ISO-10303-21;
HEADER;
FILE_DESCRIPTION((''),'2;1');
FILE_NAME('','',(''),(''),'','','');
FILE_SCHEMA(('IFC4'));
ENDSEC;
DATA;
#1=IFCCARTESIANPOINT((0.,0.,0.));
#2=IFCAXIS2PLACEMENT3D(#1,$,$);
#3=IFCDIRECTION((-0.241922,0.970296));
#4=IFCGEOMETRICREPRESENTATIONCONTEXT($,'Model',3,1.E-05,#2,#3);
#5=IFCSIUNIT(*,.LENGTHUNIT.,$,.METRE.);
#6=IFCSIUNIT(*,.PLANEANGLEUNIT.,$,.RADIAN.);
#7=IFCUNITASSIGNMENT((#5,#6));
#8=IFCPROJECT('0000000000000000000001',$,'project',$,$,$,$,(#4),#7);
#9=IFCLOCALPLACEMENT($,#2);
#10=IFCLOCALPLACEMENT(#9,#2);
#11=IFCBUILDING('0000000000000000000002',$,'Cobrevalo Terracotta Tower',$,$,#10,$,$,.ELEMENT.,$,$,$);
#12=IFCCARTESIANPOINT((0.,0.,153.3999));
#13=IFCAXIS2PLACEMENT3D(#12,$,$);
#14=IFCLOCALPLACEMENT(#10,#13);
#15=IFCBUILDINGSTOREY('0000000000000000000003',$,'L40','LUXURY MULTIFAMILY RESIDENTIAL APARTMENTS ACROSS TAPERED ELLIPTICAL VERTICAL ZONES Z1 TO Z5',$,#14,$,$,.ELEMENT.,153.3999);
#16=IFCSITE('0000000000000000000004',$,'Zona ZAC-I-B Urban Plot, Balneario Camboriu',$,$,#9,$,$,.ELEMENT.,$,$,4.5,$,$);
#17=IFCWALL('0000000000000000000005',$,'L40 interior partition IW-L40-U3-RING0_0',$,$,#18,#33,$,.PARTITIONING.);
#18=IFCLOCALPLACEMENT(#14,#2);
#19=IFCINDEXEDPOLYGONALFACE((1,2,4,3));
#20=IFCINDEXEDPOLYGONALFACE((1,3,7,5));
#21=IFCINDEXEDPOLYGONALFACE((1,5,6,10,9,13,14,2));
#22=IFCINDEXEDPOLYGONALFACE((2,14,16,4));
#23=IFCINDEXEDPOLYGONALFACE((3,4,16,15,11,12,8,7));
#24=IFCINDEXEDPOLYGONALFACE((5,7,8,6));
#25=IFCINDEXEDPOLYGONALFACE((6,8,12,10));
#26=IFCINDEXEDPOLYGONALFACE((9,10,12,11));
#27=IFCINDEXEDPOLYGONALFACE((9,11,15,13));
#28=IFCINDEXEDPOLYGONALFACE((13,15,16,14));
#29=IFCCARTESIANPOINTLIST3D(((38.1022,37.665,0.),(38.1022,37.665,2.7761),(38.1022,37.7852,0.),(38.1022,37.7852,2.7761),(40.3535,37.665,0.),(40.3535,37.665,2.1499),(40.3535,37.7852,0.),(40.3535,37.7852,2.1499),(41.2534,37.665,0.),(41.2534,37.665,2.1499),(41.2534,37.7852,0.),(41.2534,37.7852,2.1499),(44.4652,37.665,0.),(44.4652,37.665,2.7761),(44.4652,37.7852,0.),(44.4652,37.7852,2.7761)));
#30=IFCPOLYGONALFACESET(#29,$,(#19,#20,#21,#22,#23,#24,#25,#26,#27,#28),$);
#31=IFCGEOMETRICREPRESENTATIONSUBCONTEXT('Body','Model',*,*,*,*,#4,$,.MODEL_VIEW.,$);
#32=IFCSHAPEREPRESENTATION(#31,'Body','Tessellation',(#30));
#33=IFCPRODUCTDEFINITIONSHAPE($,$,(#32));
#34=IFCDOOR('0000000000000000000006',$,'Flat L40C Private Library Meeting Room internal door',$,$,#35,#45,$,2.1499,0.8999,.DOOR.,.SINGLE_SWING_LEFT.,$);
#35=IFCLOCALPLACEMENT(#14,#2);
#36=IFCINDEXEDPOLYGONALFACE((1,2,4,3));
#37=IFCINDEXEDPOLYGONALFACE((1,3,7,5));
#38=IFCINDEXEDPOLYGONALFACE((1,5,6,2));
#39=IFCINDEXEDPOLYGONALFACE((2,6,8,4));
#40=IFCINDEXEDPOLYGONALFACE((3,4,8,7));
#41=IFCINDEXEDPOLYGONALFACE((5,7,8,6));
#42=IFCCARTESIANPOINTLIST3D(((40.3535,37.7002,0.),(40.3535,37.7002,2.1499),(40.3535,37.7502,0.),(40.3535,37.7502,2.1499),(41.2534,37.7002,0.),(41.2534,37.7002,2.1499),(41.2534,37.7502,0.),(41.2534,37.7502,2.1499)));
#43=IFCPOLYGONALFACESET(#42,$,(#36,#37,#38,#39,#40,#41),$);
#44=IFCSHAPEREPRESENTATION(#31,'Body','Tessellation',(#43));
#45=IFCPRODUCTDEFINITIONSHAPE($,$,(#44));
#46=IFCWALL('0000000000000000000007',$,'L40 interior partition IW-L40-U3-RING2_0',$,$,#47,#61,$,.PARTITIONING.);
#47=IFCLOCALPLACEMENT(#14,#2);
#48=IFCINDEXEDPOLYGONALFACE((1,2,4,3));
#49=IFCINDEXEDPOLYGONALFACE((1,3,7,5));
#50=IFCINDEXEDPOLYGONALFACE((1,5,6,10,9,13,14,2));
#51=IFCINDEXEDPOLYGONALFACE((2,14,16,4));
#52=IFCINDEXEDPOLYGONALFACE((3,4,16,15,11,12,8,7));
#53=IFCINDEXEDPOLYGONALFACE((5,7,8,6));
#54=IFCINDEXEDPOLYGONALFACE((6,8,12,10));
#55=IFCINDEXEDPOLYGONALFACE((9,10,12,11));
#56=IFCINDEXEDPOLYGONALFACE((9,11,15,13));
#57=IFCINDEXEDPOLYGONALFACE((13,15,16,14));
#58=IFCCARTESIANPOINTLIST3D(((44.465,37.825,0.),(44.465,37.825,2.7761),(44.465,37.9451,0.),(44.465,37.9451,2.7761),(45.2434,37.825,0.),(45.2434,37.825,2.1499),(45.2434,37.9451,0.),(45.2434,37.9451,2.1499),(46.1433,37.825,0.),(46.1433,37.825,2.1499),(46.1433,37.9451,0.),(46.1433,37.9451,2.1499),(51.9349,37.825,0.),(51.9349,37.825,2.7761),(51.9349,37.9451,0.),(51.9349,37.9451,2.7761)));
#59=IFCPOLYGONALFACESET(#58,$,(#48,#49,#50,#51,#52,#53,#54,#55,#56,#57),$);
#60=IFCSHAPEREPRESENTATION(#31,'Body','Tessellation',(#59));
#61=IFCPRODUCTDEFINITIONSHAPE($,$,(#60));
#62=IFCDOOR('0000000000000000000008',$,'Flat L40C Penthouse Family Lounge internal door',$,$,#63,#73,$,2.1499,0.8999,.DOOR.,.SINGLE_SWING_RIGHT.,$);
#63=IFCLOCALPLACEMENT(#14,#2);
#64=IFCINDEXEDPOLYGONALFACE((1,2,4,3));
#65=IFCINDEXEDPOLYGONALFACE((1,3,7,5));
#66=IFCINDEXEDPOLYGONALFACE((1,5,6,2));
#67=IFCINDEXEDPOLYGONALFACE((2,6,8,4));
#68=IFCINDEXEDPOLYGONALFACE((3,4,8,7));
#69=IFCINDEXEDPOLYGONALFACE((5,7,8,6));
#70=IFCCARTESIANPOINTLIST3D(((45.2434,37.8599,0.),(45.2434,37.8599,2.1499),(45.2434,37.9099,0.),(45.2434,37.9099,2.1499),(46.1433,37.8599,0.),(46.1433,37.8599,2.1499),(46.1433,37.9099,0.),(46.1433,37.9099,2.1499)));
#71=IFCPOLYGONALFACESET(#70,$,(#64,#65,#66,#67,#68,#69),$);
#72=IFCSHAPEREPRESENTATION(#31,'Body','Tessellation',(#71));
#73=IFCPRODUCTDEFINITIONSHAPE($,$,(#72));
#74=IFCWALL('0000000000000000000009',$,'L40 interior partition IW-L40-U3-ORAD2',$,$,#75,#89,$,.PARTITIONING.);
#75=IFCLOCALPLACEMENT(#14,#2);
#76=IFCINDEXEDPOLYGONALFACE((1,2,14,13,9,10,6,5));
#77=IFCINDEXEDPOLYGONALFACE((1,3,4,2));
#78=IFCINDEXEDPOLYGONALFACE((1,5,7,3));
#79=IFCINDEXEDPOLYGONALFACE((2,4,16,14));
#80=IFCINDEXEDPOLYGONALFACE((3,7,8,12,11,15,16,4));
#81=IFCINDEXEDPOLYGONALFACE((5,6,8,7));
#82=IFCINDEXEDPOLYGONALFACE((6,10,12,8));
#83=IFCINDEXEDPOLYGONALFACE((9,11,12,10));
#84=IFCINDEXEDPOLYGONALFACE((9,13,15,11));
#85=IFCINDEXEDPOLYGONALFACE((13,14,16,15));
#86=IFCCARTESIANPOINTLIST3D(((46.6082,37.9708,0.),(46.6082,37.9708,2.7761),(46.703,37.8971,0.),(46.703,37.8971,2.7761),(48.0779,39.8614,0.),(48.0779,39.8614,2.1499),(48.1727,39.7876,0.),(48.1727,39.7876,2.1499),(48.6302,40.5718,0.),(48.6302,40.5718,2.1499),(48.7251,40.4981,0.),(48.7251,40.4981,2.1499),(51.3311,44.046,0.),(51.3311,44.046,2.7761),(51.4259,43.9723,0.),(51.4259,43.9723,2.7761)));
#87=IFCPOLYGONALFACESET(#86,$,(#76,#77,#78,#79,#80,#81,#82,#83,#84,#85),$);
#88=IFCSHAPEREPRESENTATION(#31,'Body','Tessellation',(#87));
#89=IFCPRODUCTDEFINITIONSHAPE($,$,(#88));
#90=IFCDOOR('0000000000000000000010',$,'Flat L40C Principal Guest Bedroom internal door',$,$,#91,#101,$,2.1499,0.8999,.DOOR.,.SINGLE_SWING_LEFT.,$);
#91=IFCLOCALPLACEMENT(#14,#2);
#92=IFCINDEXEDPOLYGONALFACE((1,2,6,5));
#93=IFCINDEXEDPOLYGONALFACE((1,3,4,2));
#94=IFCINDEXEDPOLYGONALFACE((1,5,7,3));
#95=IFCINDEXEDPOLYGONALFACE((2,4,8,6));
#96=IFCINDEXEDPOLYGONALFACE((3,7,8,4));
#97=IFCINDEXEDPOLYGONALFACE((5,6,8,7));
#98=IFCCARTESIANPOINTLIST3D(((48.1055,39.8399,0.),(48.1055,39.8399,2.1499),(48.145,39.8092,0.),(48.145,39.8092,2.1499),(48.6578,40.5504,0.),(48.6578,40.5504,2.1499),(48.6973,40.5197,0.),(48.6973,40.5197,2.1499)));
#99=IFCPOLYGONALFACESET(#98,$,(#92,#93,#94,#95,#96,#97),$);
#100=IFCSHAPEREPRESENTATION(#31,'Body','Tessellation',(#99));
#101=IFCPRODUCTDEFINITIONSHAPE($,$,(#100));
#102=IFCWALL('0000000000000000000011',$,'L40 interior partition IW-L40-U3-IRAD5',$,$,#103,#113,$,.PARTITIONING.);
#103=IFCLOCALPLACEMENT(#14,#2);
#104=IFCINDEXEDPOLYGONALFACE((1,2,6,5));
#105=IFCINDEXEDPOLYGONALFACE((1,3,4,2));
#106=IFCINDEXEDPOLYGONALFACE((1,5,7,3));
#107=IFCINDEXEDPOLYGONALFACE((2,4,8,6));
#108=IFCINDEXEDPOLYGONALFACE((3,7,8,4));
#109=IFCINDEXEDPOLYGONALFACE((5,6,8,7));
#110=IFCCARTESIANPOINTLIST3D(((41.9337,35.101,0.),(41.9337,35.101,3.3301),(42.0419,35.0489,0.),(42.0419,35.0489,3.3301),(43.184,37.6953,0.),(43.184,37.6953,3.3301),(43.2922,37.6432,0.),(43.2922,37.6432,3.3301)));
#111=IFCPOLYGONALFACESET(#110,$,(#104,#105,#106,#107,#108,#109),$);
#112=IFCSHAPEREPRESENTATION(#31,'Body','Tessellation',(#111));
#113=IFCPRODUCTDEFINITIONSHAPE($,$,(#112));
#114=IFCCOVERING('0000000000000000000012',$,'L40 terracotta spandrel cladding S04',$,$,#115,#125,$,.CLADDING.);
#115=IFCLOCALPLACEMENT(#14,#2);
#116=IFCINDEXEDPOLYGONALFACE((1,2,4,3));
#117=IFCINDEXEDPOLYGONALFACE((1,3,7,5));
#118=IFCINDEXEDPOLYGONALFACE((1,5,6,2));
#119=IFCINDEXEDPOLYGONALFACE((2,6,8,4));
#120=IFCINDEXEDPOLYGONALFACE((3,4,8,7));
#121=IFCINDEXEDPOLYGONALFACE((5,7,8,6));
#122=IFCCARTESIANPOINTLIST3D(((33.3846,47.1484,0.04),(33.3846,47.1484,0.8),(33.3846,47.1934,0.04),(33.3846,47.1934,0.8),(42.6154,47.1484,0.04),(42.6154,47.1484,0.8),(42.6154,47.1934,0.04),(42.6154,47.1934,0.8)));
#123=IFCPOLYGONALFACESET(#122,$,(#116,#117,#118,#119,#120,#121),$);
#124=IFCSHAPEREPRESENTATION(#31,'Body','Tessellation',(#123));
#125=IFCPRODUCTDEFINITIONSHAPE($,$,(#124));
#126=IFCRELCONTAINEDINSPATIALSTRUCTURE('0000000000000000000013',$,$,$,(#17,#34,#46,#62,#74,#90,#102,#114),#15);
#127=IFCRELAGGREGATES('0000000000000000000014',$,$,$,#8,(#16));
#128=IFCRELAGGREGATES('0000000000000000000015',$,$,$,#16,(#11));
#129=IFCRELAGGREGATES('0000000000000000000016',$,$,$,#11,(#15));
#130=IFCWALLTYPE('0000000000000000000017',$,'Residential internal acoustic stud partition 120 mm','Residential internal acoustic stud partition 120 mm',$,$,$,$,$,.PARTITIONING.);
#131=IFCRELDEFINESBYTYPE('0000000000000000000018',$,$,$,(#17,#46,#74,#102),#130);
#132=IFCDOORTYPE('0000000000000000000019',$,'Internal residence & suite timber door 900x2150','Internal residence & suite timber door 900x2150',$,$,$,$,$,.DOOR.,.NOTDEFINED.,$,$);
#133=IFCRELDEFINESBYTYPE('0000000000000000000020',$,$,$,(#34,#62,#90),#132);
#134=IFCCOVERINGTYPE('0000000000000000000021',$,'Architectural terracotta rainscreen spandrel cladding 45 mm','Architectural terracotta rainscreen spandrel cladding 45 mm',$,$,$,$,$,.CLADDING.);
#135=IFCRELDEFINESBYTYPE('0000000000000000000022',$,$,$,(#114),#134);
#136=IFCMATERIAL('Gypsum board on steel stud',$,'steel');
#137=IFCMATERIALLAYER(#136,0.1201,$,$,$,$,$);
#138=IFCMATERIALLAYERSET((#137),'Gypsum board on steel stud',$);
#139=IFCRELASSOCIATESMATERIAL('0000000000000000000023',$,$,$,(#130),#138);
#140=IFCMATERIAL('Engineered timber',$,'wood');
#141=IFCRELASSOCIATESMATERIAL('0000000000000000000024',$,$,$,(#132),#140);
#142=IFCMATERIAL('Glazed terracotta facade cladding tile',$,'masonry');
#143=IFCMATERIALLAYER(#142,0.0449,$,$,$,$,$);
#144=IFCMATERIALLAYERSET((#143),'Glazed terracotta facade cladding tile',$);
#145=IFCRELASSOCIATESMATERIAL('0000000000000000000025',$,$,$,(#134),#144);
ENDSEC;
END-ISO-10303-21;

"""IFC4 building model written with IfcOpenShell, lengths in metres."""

from ifc_helpers import new_model, si_unit, direction, frame, frame_2d, origin, origin_2d, place, context, subcontext, project, spatial, rectangle, extrude, source, transform, mapped, material, layer, layer_set, type_object, element, fill, save


model = new_model("IFC4")

# Units and contexts
model_context = context("Model", 3, precision=1e-05, world=origin(), true_north=direction((-0.241922, 0.970296)))
body_context = subcontext(model_context, "Body", "Model", "MODEL_VIEW")
ifc_project = project(units=[si_unit("LENGTHUNIT", "METRE"), si_unit("PLANEANGLEUNIT", "RADIAN")], contexts=[model_context])

# Site, building, storey
site_placement = place(None, origin())
site = spatial("IfcSite", under=ifc_project, at=site_placement, Name="Zona ZAC-I-B Urban Plot, Balneario Camboriu", CompositionType="ELEMENT", RefElevation=4.5)
building_placement = place(site_placement, origin())
building = spatial("IfcBuilding", under=site, at=building_placement, Name="Cobrevalo Terracotta Tower", CompositionType="ELEMENT")
storey_placement = place(building_placement, frame((0.0, 0.0, 153.3999)))
storey = spatial("IfcBuildingStorey", under=building, at=storey_placement, Name="L40", Description="LUXURY MULTIFAMILY RESIDENTIAL APARTMENTS ACROSS TAPERED ELLIPTICAL VERTICAL ZONES Z1 TO Z5", CompositionType="ELEMENT", Elevation=153.3999)

# Shared definitions
ifc_material_1 = material(Name="Gypsum board on steel stud", Category="steel")

# Shared definitions
ifc_layer_1 = layer(ifc_material_1, 0.1201)
ifc_layer_set_1 = layer_set([ifc_layer_1], Name="Gypsum board on steel stud")
wall_type_1 = type_object("IfcWallType", Name="Residential internal acoustic stud partition 120 mm", Description="Residential internal acoustic stud partition 120 mm", PredefinedType="PARTITIONING", material=ifc_layer_set_1)

# Walls, openings, doors
wall_1_placement = place(storey_placement, frame((38.1021, 37.7251, 0.0), z_axis=(0.0, 0.0, 1.0), x_axis=(1.0, 0.0, 0.0)))
wall_1 = element("IfcWall", 1, at=wall_1_placement, inside=storey, type_object=wall_type_1, Name="L40 interior partition IW-L40-U3-RING0_0", PredefinedType="PARTITIONING", context=body_context, shape_type="SweptSolid", body=[
    extrude(rectangle(XDim=6.363, YDim=0.1201, at=frame_2d((3.1816, 0.0))), origin(), (0.0, 0.0, 1.0), 2.7761),
])
opening_1_placement = place(wall_1_placement, frame((2.2515, 0.0, 0.0)))
opening_1 = element("IfcOpeningElement", 2, at=opening_1_placement, cuts=wall_1, PredefinedType="OPENING", context=body_context, shape_type="SweptSolid", body=[
    extrude(rectangle(XDim=0.8999, YDim=2.1499, at=frame_2d((0.45, 1.075))), frame((0.0, 0.0701, 0.0), z_axis=(0.0, -1.0, 0.0), x_axis=(1.0, 0.0, 0.0)), (0.0, 0.0, 1.0), 0.1401),
])
ifc_material_2 = material(Name="Engineered timber", Category="wood")
door_type = type_object("IfcDoorType", Name="Internal residence & suite timber door 900x2150", Description="Internal residence & suite timber door 900x2150", OperationType="NOTDEFINED", PredefinedType="DOOR", material=ifc_material_2)
shared_shape_1 = source(origin(), body_context, "Body", "SweptSolid", [
    extrude(rectangle(XDim=0.8999, YDim=2.1499, at=frame_2d((0.45, 1.075))), frame((0.0, 0.0249, 0.0), z_axis=(0.0, -1.0, 0.0), x_axis=(1.0, 0.0, 0.0)), (0.0, 0.0, 1.0), 0.05),
])
door_1_placement = place(opening_1_placement, frame((0.8999, 0.0, 0.0), z_axis=(0.0, 0.0, 1.0), x_axis=(-1.0, 0.0, 0.0)))
door_1 = element("IfcDoor", 3, at=door_1_placement, inside=storey, type_object=door_type, Name="Flat L40C Private Library Meeting Room internal door", OperationType="SINGLE_SWING_LEFT", OverallHeight=2.1499, OverallWidth=0.8999, PredefinedType="DOOR", context=body_context, shape_type="MappedRepresentation", body=[
    mapped(shared_shape_1, transform((0.0, 0.0, 0.0), scale=1.0)),
])
fill(opening_1, door_1)
wall_2_placement = place(storey_placement, frame((44.4651, 37.885, 0.0), z_axis=(0.0, 0.0, 1.0), x_axis=(1.0, 0.0, 0.0)))
wall_2 = element("IfcWall", 4, at=wall_2_placement, inside=storey, type_object=wall_type_1, Name="L40 interior partition IW-L40-U3-RING2_0", PredefinedType="PARTITIONING", context=body_context, shape_type="SweptSolid", body=[
    extrude(rectangle(XDim=7.47, YDim=0.1201, at=frame_2d((3.7349, 0.0))), origin(), (0.0, 0.0, 1.0), 2.7761),
])
opening_2_placement = place(wall_2_placement, frame((0.7783, 0.0, 0.0)))
opening_2 = element("IfcOpeningElement", 5, at=opening_2_placement, cuts=wall_2, PredefinedType="OPENING", context=body_context, shape_type="SweptSolid", body=[
    extrude(rectangle(XDim=0.8999, YDim=2.1499, at=frame_2d((0.45, 1.075))), frame((0.0, 0.0701, 0.0), z_axis=(0.0, -1.0, 0.0), x_axis=(1.0, 0.0, 0.0)), (0.0, 0.0, 1.0), 0.1401),
])
door_2_placement = place(opening_2_placement, origin())
door_2 = element("IfcDoor", 6, at=door_2_placement, inside=storey, type_object=door_type, Name="Flat L40C Penthouse Family Lounge internal door", OperationType="SINGLE_SWING_RIGHT", OverallHeight=2.1499, OverallWidth=0.8999, PredefinedType="DOOR", context=body_context, shape_type="MappedRepresentation", body=[
    mapped(shared_shape_1, transform((0.0, 0.0, 0.0), scale=1.0)),
])
fill(opening_2, door_2)
wall_3_placement = place(storey_placement, frame((46.6555, 37.9338, 0.0), z_axis=(0.0, 0.0, 1.0), x_axis=(0.613758, 0.789494, 0.0)))
wall_3 = element("IfcWall", 7, at=wall_3_placement, inside=storey, type_object=wall_type_1, Name="L40 interior partition IW-L40-U3-ORAD2", PredefinedType="PARTITIONING", context=body_context, shape_type="SweptSolid", body=[
    extrude(rectangle(XDim=7.6951, YDim=0.1201, at=frame_2d((3.8477, 0.0))), origin(), (0.0, 0.0, 1.0), 2.7761),
])
opening_3_placement = place(wall_3_placement, frame((2.3948, 0.0, 0.0)))
opening_3 = element("IfcOpeningElement", 8, at=opening_3_placement, cuts=wall_3, PredefinedType="OPENING", context=body_context, shape_type="SweptSolid", body=[
    extrude(rectangle(XDim=0.8999, YDim=2.1499, at=frame_2d((0.45, 1.075))), frame((0.0, 0.0701, 0.0), z_axis=(0.0, -1.0, 0.0), x_axis=(1.0, 0.0, 0.0)), (0.0, 0.0, 1.0), 0.1401),
])
door_3_placement = place(opening_3_placement, frame((0.8999, 0.0, 0.0), z_axis=(0.0, 0.0, 1.0), x_axis=(-1.0, 0.0, 0.0)))
door_3 = element("IfcDoor", 9, at=door_3_placement, inside=storey, type_object=door_type, Name="Flat L40C Principal Guest Bedroom internal door", OperationType="SINGLE_SWING_LEFT", OverallHeight=2.1499, OverallWidth=0.8999, PredefinedType="DOOR", context=body_context, shape_type="MappedRepresentation", body=[
    mapped(shared_shape_1, transform((0.0, 0.0, 0.0), scale=1.0)),
])
fill(opening_3, door_3)

# Wall
wall_4_placement = place(storey_placement, frame((41.9878, 35.075, 0.0), z_axis=(0.0, 0.0, 1.0), x_axis=(0.434144, 0.900843, 0.0)))
element("IfcWall", 10, at=wall_4_placement, inside=storey, type_object=wall_type_1, Name="L40 interior partition IW-L40-U3-IRAD5", PredefinedType="PARTITIONING", context=body_context, shape_type="SweptSolid", body=[
    extrude(rectangle(XDim=2.8799, YDim=0.1201, at=frame_2d((1.4399, 0.0))), origin(), (0.0, 0.0, 1.0), 3.3301),
])

# Covering
ifc_material_3 = material(Name="Glazed terracotta facade cladding tile", Category="masonry")
ifc_layer_2 = layer(ifc_material_3, 0.0449)
ifc_layer_set_2 = layer_set([ifc_layer_2], Name="Glazed terracotta facade cladding tile")
covering_type = type_object("IfcCoveringType", Name="Architectural terracotta rainscreen spandrel cladding 45 mm", Description="Architectural terracotta rainscreen spandrel cladding 45 mm", PredefinedType="CLADDING", material=ifc_layer_set_2)
shared_shape_2 = source(origin(), body_context, "Body", "SweptSolid", [
    extrude(rectangle(XDim=9.2307, YDim=0.0449, at=origin_2d()), origin(), (0.0, 0.0, 1.0), 0.76),
])
covering_placement = place(storey_placement, frame((38.0, 47.1709, 0.04), z_axis=(0.0, 0.0, 1.0), x_axis=(-1.0, 0.0, 0.0)))
element("IfcCovering", 11, at=covering_placement, inside=storey, type_object=covering_type, Name="L40 terracotta spandrel cladding S04", PredefinedType="CLADDING", context=body_context, shape_type="MappedRepresentation", body=[
    mapped(shared_shape_2, transform((0.0, 0.0, 0.0), scale=1.0)),
])

save(model, "model.ifc")
